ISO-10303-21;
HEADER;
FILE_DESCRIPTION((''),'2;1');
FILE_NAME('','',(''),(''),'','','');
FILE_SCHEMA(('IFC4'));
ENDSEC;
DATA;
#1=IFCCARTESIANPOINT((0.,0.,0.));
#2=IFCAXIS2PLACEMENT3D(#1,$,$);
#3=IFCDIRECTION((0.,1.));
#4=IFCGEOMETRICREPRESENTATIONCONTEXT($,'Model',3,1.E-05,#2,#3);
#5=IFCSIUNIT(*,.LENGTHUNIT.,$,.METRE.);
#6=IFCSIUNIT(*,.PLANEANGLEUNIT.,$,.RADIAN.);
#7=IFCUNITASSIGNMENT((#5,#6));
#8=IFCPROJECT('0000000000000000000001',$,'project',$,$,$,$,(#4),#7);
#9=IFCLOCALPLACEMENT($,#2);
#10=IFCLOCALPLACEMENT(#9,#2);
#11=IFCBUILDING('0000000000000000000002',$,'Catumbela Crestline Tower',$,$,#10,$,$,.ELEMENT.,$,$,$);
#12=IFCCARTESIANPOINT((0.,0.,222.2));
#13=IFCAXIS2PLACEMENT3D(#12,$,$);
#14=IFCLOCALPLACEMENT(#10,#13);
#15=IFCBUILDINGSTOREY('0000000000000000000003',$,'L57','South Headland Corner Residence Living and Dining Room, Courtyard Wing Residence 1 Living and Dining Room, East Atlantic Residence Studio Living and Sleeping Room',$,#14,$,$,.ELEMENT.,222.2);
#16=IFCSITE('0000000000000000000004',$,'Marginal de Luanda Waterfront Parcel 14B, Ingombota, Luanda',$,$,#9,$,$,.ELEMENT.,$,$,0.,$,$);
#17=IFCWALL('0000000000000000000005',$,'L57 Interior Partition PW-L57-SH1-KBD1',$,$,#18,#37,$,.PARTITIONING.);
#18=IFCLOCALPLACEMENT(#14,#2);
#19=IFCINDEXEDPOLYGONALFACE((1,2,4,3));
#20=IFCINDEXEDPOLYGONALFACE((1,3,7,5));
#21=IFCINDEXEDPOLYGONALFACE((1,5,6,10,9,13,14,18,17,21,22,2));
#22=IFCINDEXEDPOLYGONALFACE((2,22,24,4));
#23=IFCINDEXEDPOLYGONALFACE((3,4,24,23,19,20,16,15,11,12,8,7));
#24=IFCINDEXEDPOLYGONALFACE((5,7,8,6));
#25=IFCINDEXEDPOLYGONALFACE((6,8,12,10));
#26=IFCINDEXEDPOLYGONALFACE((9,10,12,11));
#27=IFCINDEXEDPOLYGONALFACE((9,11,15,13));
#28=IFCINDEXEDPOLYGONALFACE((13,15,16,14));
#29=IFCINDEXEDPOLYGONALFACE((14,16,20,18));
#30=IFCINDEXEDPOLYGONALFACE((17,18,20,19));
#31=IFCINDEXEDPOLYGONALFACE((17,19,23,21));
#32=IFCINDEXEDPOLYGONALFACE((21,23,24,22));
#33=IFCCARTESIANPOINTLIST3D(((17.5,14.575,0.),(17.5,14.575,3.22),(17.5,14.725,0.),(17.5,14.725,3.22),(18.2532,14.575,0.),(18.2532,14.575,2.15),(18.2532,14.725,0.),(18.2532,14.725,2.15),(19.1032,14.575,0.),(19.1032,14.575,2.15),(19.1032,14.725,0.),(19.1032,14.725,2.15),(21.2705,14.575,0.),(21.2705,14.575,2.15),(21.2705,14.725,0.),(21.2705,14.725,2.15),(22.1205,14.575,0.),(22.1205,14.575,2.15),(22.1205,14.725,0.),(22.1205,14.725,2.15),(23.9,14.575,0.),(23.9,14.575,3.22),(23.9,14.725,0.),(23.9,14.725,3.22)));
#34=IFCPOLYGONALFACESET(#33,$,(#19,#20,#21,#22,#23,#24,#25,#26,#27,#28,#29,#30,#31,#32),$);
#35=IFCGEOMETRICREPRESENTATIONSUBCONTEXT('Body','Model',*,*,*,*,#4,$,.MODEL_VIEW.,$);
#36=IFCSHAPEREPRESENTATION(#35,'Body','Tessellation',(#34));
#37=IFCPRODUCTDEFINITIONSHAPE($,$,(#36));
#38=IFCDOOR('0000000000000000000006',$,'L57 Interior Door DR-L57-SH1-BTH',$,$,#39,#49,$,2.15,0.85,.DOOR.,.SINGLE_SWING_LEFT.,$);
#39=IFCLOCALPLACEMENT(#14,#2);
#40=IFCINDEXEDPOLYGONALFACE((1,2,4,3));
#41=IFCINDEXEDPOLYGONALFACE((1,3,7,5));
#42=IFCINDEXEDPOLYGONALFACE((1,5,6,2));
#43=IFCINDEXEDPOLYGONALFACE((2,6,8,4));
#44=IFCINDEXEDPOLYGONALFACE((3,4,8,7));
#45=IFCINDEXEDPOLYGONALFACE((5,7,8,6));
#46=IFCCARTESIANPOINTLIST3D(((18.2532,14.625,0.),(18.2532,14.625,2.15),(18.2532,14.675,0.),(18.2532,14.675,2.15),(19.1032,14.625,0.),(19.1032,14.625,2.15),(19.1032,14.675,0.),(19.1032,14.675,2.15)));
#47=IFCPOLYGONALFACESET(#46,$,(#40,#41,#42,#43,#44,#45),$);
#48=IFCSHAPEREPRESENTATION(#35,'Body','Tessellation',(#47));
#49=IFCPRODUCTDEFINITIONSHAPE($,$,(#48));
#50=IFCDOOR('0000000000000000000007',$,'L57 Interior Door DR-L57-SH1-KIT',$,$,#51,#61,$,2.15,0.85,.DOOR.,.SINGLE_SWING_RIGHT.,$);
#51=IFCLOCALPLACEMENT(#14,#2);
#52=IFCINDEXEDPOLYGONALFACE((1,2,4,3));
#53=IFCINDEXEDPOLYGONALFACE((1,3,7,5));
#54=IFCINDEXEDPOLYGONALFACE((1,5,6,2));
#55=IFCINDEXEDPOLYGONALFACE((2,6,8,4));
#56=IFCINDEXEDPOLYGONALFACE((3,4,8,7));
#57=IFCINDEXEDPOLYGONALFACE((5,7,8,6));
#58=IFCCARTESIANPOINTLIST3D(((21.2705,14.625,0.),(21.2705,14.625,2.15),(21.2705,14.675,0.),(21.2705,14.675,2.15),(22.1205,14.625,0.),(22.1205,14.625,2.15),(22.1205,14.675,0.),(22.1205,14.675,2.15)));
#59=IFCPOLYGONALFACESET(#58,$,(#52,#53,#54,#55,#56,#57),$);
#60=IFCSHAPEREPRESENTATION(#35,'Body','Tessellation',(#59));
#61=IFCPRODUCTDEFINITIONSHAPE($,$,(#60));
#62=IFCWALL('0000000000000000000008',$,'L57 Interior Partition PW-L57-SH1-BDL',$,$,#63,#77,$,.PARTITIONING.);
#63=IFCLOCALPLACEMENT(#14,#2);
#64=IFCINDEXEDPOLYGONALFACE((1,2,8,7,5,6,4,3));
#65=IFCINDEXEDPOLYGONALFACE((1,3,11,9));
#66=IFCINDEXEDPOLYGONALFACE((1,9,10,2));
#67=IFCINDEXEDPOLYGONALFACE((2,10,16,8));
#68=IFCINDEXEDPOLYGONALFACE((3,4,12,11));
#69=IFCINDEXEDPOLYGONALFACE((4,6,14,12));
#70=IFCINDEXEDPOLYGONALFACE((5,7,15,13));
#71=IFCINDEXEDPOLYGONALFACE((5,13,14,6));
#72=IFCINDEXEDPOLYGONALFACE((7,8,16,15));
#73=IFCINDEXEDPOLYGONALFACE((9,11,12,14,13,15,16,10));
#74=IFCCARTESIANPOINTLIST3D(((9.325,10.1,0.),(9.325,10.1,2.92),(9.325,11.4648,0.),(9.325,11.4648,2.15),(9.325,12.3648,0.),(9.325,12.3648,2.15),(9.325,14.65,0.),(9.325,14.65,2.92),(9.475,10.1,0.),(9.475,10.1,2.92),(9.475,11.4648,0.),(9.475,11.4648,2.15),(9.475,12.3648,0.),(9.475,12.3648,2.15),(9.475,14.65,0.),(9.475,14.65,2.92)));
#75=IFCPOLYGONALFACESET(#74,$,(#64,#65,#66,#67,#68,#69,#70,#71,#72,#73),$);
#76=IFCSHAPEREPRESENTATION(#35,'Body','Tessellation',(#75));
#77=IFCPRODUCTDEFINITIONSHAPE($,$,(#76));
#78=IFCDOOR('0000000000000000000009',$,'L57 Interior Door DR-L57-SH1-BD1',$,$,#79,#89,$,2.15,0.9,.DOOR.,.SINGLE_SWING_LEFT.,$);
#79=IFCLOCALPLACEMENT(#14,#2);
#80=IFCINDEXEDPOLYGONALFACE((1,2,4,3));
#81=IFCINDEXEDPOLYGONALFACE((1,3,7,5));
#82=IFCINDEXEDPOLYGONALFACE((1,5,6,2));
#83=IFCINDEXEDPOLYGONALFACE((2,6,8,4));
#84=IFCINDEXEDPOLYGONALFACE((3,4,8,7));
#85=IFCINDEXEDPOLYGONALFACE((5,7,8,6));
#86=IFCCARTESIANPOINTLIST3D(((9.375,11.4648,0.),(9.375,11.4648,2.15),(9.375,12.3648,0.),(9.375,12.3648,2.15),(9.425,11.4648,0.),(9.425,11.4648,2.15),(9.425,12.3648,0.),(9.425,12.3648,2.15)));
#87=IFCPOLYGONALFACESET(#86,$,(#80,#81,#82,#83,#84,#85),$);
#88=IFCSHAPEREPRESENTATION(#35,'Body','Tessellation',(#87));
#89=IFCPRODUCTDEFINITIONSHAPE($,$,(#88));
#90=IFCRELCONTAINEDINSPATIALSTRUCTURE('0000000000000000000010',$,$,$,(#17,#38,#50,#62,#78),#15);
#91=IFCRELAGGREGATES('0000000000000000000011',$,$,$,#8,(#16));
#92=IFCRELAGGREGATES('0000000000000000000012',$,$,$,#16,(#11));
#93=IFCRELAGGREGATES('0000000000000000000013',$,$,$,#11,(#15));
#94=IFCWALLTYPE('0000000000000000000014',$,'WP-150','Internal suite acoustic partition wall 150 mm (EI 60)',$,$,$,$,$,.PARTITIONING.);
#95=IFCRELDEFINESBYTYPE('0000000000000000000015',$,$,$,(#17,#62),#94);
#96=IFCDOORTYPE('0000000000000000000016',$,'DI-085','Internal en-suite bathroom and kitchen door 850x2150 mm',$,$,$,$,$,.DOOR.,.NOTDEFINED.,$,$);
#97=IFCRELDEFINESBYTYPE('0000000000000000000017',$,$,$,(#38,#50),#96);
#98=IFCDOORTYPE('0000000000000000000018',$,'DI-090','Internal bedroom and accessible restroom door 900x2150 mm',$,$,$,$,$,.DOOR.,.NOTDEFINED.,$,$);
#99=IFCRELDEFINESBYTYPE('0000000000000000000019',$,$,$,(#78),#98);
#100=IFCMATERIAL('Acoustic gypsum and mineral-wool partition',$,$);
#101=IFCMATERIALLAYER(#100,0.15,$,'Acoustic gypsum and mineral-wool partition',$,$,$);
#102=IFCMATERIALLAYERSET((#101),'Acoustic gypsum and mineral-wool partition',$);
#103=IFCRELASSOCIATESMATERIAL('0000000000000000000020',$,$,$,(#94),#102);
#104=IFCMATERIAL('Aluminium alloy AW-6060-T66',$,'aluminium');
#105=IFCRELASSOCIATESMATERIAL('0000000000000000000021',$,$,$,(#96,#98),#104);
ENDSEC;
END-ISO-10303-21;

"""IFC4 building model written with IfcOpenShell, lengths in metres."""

from ifc_helpers import new_model, si_unit, direction, frame, frame_2d, origin, place, context, subcontext, project, spatial, rectangle, extrude, material, layer, layer_set, type_object, element, fill, save


model = new_model("IFC4")

# Units and contexts
model_context = context("Model", 3, precision=1e-05, world=origin(), true_north=direction((0.0, 1.0)))
body_context = subcontext(model_context, "Body", "Model", "MODEL_VIEW")
ifc_project = project(units=[si_unit("LENGTHUNIT", "METRE"), si_unit("PLANEANGLEUNIT", "RADIAN")], contexts=[model_context])

# Site, building, storey
site_placement = place(None, origin())
site = spatial("IfcSite", under=ifc_project, at=site_placement, Name="Marginal de Luanda Waterfront Parcel 14B, Ingombota, Luanda", CompositionType="ELEMENT", RefElevation=0.0)
building_placement = place(site_placement, origin())
building = spatial("IfcBuilding", under=site, at=building_placement, Name="Catumbela Crestline Tower", CompositionType="ELEMENT")
storey_placement = place(building_placement, frame((0.0, 0.0, 222.2)))
storey = spatial("IfcBuildingStorey", under=building, at=storey_placement, Name="L57", Description="South Headland Corner Residence Living and Dining Room, Courtyard Wing Residence 1 Living and Dining Room, East Atlantic Residence Studio Living and Sleeping Room", CompositionType="ELEMENT", Elevation=222.2)

# Shared definitions
ifc_material_1 = material(Name="Aluminium alloy AW-6060-T66", Category="aluminium")

# Shared definitions
ifc_material_2 = material(Name="Acoustic gypsum and mineral-wool partition")

# Shared definitions
ifc_layer_1 = layer(ifc_material_2, 0.15, Name="Acoustic gypsum and mineral-wool partition")
ifc_layer_set_1 = layer_set([ifc_layer_1], Name="Acoustic gypsum and mineral-wool partition")
wall_type_1 = type_object("IfcWallType", Name="WP-150", Description="Internal suite acoustic partition wall 150 mm (EI 60)", PredefinedType="PARTITIONING", material=ifc_layer_set_1)

# Shared definitions
door_type_1 = type_object("IfcDoorType", Name="DI-085", Description="Internal en-suite bathroom and kitchen door 850x2150 mm", OperationType="NOTDEFINED", PredefinedType="DOOR", material=ifc_material_1)

# Wall, openings, doors
wall_1_placement = place(storey_placement, frame((17.5, 14.65, 0.0), z_axis=(0.0, 0.0, 1.0), x_axis=(1.0, 0.0, 0.0)))
wall_1 = element("IfcWall", 1, at=wall_1_placement, inside=storey, type_object=wall_type_1, Name="L57 Interior Partition PW-L57-SH1-KBD1", PredefinedType="PARTITIONING", context=body_context, shape_type="SweptSolid", body=[
    extrude(rectangle(XDim=6.4, YDim=0.15, at=frame_2d((3.2, 0.0))), origin(), (0.0, 0.0, 1.0), 3.22),
])
opening_1_placement = place(wall_1_placement, frame((0.7532, 0.0, 0.0)))
opening_1 = element("IfcOpeningElement", 2, at=opening_1_placement, cuts=wall_1, PredefinedType="OPENING", context=body_context, shape_type="SweptSolid", body=[
    extrude(rectangle(XDim=0.85, YDim=2.15, at=frame_2d((0.425, 1.075))), frame((0.0, 0.085, 0.0), z_axis=(0.0, -1.0, 0.0), x_axis=(1.0, 0.0, 0.0)), (0.0, 0.0, 1.0), 0.17),
])
opening_2_placement = place(wall_1_placement, frame((3.7705, 0.0, 0.0)))
opening_2 = element("IfcOpeningElement", 3, at=opening_2_placement, cuts=wall_1, PredefinedType="OPENING", context=body_context, shape_type="SweptSolid", body=[
    extrude(rectangle(XDim=0.85, YDim=2.15, at=frame_2d((0.425, 1.075))), frame((0.0, 0.085, 0.0), z_axis=(0.0, -1.0, 0.0), x_axis=(1.0, 0.0, 0.0)), (0.0, 0.0, 1.0), 0.17),
])
door_1_placement = place(opening_1_placement, origin())
door_1 = element("IfcDoor", 4, at=door_1_placement, inside=storey, type_object=door_type_1, Name="L57 Interior Door DR-L57-SH1-BTH", OperationType="SINGLE_SWING_LEFT", OverallHeight=2.15, OverallWidth=0.85, PredefinedType="DOOR", context=body_context, shape_type="SweptSolid", body=[
    extrude(rectangle(XDim=0.85, YDim=2.15, at=frame_2d((0.425, 1.075))), frame((0.0, 0.025, 0.0), z_axis=(0.0, -1.0, 0.0), x_axis=(1.0, 0.0, 0.0)), (0.0, 0.0, 1.0), 0.05),
])
fill(opening_1, door_1)
door_2_placement = place(opening_2_placement, origin())
door_2 = element("IfcDoor", 5, at=door_2_placement, inside=storey, type_object=door_type_1, Name="L57 Interior Door DR-L57-SH1-KIT", OperationType="SINGLE_SWING_RIGHT", OverallHeight=2.15, OverallWidth=0.85, PredefinedType="DOOR", context=body_context, shape_type="SweptSolid", body=[
    extrude(rectangle(XDim=0.85, YDim=2.15, at=frame_2d((0.425, 1.075))), frame((0.0, 0.025, 0.0), z_axis=(0.0, -1.0, 0.0), x_axis=(1.0, 0.0, 0.0)), (0.0, 0.0, 1.0), 0.05),
])
fill(opening_2, door_2)

# Wall, opening, door
wall_2_placement = place(storey_placement, frame((9.4, 10.1, 0.0), z_axis=(0.0, 0.0, 1.0), x_axis=(0.0, 1.0, 0.0)))
wall_2 = element("IfcWall", 6, at=wall_2_placement, inside=storey, type_object=wall_type_1, Name="L57 Interior Partition PW-L57-SH1-BDL", PredefinedType="PARTITIONING", context=body_context, shape_type="SweptSolid", body=[
    extrude(rectangle(XDim=4.55, YDim=0.15, at=frame_2d((2.275, 0.0))), origin(), (0.0, 0.0, 1.0), 2.92),
])
opening_3_placement = place(wall_2_placement, frame((1.3648, 0.0, 0.0)))
opening_3 = element("IfcOpeningElement", 7, at=opening_3_placement, cuts=wall_2, PredefinedType="OPENING", context=body_context, shape_type="SweptSolid", body=[
    extrude(rectangle(XDim=0.9, YDim=2.15, at=frame_2d((0.45, 1.075))), frame((0.0, 0.085, 0.0), z_axis=(0.0, -1.0, 0.0), x_axis=(1.0, 0.0, 0.0)), (0.0, 0.0, 1.0), 0.17),
])
door_type_2 = type_object("IfcDoorType", Name="DI-090", Description="Internal bedroom and accessible restroom door 900x2150 mm", OperationType="NOTDEFINED", PredefinedType="DOOR", material=ifc_material_1)
door_3_placement = place(opening_3_placement, origin())
door_3 = element("IfcDoor", 8, at=door_3_placement, inside=storey, type_object=door_type_2, Name="L57 Interior Door DR-L57-SH1-BD1", OperationType="SINGLE_SWING_LEFT", OverallHeight=2.15, OverallWidth=0.9, PredefinedType="DOOR", context=body_context, shape_type="SweptSolid", body=[
    extrude(rectangle(XDim=0.9, YDim=2.15, at=frame_2d((0.45, 1.075))), frame((0.0, 0.025, 0.0), z_axis=(0.0, -1.0, 0.0), x_axis=(1.0, 0.0, 0.0)), (0.0, 0.0, 1.0), 0.05),
])
fill(opening_3, door_3)

save(model, "model.ifc")
